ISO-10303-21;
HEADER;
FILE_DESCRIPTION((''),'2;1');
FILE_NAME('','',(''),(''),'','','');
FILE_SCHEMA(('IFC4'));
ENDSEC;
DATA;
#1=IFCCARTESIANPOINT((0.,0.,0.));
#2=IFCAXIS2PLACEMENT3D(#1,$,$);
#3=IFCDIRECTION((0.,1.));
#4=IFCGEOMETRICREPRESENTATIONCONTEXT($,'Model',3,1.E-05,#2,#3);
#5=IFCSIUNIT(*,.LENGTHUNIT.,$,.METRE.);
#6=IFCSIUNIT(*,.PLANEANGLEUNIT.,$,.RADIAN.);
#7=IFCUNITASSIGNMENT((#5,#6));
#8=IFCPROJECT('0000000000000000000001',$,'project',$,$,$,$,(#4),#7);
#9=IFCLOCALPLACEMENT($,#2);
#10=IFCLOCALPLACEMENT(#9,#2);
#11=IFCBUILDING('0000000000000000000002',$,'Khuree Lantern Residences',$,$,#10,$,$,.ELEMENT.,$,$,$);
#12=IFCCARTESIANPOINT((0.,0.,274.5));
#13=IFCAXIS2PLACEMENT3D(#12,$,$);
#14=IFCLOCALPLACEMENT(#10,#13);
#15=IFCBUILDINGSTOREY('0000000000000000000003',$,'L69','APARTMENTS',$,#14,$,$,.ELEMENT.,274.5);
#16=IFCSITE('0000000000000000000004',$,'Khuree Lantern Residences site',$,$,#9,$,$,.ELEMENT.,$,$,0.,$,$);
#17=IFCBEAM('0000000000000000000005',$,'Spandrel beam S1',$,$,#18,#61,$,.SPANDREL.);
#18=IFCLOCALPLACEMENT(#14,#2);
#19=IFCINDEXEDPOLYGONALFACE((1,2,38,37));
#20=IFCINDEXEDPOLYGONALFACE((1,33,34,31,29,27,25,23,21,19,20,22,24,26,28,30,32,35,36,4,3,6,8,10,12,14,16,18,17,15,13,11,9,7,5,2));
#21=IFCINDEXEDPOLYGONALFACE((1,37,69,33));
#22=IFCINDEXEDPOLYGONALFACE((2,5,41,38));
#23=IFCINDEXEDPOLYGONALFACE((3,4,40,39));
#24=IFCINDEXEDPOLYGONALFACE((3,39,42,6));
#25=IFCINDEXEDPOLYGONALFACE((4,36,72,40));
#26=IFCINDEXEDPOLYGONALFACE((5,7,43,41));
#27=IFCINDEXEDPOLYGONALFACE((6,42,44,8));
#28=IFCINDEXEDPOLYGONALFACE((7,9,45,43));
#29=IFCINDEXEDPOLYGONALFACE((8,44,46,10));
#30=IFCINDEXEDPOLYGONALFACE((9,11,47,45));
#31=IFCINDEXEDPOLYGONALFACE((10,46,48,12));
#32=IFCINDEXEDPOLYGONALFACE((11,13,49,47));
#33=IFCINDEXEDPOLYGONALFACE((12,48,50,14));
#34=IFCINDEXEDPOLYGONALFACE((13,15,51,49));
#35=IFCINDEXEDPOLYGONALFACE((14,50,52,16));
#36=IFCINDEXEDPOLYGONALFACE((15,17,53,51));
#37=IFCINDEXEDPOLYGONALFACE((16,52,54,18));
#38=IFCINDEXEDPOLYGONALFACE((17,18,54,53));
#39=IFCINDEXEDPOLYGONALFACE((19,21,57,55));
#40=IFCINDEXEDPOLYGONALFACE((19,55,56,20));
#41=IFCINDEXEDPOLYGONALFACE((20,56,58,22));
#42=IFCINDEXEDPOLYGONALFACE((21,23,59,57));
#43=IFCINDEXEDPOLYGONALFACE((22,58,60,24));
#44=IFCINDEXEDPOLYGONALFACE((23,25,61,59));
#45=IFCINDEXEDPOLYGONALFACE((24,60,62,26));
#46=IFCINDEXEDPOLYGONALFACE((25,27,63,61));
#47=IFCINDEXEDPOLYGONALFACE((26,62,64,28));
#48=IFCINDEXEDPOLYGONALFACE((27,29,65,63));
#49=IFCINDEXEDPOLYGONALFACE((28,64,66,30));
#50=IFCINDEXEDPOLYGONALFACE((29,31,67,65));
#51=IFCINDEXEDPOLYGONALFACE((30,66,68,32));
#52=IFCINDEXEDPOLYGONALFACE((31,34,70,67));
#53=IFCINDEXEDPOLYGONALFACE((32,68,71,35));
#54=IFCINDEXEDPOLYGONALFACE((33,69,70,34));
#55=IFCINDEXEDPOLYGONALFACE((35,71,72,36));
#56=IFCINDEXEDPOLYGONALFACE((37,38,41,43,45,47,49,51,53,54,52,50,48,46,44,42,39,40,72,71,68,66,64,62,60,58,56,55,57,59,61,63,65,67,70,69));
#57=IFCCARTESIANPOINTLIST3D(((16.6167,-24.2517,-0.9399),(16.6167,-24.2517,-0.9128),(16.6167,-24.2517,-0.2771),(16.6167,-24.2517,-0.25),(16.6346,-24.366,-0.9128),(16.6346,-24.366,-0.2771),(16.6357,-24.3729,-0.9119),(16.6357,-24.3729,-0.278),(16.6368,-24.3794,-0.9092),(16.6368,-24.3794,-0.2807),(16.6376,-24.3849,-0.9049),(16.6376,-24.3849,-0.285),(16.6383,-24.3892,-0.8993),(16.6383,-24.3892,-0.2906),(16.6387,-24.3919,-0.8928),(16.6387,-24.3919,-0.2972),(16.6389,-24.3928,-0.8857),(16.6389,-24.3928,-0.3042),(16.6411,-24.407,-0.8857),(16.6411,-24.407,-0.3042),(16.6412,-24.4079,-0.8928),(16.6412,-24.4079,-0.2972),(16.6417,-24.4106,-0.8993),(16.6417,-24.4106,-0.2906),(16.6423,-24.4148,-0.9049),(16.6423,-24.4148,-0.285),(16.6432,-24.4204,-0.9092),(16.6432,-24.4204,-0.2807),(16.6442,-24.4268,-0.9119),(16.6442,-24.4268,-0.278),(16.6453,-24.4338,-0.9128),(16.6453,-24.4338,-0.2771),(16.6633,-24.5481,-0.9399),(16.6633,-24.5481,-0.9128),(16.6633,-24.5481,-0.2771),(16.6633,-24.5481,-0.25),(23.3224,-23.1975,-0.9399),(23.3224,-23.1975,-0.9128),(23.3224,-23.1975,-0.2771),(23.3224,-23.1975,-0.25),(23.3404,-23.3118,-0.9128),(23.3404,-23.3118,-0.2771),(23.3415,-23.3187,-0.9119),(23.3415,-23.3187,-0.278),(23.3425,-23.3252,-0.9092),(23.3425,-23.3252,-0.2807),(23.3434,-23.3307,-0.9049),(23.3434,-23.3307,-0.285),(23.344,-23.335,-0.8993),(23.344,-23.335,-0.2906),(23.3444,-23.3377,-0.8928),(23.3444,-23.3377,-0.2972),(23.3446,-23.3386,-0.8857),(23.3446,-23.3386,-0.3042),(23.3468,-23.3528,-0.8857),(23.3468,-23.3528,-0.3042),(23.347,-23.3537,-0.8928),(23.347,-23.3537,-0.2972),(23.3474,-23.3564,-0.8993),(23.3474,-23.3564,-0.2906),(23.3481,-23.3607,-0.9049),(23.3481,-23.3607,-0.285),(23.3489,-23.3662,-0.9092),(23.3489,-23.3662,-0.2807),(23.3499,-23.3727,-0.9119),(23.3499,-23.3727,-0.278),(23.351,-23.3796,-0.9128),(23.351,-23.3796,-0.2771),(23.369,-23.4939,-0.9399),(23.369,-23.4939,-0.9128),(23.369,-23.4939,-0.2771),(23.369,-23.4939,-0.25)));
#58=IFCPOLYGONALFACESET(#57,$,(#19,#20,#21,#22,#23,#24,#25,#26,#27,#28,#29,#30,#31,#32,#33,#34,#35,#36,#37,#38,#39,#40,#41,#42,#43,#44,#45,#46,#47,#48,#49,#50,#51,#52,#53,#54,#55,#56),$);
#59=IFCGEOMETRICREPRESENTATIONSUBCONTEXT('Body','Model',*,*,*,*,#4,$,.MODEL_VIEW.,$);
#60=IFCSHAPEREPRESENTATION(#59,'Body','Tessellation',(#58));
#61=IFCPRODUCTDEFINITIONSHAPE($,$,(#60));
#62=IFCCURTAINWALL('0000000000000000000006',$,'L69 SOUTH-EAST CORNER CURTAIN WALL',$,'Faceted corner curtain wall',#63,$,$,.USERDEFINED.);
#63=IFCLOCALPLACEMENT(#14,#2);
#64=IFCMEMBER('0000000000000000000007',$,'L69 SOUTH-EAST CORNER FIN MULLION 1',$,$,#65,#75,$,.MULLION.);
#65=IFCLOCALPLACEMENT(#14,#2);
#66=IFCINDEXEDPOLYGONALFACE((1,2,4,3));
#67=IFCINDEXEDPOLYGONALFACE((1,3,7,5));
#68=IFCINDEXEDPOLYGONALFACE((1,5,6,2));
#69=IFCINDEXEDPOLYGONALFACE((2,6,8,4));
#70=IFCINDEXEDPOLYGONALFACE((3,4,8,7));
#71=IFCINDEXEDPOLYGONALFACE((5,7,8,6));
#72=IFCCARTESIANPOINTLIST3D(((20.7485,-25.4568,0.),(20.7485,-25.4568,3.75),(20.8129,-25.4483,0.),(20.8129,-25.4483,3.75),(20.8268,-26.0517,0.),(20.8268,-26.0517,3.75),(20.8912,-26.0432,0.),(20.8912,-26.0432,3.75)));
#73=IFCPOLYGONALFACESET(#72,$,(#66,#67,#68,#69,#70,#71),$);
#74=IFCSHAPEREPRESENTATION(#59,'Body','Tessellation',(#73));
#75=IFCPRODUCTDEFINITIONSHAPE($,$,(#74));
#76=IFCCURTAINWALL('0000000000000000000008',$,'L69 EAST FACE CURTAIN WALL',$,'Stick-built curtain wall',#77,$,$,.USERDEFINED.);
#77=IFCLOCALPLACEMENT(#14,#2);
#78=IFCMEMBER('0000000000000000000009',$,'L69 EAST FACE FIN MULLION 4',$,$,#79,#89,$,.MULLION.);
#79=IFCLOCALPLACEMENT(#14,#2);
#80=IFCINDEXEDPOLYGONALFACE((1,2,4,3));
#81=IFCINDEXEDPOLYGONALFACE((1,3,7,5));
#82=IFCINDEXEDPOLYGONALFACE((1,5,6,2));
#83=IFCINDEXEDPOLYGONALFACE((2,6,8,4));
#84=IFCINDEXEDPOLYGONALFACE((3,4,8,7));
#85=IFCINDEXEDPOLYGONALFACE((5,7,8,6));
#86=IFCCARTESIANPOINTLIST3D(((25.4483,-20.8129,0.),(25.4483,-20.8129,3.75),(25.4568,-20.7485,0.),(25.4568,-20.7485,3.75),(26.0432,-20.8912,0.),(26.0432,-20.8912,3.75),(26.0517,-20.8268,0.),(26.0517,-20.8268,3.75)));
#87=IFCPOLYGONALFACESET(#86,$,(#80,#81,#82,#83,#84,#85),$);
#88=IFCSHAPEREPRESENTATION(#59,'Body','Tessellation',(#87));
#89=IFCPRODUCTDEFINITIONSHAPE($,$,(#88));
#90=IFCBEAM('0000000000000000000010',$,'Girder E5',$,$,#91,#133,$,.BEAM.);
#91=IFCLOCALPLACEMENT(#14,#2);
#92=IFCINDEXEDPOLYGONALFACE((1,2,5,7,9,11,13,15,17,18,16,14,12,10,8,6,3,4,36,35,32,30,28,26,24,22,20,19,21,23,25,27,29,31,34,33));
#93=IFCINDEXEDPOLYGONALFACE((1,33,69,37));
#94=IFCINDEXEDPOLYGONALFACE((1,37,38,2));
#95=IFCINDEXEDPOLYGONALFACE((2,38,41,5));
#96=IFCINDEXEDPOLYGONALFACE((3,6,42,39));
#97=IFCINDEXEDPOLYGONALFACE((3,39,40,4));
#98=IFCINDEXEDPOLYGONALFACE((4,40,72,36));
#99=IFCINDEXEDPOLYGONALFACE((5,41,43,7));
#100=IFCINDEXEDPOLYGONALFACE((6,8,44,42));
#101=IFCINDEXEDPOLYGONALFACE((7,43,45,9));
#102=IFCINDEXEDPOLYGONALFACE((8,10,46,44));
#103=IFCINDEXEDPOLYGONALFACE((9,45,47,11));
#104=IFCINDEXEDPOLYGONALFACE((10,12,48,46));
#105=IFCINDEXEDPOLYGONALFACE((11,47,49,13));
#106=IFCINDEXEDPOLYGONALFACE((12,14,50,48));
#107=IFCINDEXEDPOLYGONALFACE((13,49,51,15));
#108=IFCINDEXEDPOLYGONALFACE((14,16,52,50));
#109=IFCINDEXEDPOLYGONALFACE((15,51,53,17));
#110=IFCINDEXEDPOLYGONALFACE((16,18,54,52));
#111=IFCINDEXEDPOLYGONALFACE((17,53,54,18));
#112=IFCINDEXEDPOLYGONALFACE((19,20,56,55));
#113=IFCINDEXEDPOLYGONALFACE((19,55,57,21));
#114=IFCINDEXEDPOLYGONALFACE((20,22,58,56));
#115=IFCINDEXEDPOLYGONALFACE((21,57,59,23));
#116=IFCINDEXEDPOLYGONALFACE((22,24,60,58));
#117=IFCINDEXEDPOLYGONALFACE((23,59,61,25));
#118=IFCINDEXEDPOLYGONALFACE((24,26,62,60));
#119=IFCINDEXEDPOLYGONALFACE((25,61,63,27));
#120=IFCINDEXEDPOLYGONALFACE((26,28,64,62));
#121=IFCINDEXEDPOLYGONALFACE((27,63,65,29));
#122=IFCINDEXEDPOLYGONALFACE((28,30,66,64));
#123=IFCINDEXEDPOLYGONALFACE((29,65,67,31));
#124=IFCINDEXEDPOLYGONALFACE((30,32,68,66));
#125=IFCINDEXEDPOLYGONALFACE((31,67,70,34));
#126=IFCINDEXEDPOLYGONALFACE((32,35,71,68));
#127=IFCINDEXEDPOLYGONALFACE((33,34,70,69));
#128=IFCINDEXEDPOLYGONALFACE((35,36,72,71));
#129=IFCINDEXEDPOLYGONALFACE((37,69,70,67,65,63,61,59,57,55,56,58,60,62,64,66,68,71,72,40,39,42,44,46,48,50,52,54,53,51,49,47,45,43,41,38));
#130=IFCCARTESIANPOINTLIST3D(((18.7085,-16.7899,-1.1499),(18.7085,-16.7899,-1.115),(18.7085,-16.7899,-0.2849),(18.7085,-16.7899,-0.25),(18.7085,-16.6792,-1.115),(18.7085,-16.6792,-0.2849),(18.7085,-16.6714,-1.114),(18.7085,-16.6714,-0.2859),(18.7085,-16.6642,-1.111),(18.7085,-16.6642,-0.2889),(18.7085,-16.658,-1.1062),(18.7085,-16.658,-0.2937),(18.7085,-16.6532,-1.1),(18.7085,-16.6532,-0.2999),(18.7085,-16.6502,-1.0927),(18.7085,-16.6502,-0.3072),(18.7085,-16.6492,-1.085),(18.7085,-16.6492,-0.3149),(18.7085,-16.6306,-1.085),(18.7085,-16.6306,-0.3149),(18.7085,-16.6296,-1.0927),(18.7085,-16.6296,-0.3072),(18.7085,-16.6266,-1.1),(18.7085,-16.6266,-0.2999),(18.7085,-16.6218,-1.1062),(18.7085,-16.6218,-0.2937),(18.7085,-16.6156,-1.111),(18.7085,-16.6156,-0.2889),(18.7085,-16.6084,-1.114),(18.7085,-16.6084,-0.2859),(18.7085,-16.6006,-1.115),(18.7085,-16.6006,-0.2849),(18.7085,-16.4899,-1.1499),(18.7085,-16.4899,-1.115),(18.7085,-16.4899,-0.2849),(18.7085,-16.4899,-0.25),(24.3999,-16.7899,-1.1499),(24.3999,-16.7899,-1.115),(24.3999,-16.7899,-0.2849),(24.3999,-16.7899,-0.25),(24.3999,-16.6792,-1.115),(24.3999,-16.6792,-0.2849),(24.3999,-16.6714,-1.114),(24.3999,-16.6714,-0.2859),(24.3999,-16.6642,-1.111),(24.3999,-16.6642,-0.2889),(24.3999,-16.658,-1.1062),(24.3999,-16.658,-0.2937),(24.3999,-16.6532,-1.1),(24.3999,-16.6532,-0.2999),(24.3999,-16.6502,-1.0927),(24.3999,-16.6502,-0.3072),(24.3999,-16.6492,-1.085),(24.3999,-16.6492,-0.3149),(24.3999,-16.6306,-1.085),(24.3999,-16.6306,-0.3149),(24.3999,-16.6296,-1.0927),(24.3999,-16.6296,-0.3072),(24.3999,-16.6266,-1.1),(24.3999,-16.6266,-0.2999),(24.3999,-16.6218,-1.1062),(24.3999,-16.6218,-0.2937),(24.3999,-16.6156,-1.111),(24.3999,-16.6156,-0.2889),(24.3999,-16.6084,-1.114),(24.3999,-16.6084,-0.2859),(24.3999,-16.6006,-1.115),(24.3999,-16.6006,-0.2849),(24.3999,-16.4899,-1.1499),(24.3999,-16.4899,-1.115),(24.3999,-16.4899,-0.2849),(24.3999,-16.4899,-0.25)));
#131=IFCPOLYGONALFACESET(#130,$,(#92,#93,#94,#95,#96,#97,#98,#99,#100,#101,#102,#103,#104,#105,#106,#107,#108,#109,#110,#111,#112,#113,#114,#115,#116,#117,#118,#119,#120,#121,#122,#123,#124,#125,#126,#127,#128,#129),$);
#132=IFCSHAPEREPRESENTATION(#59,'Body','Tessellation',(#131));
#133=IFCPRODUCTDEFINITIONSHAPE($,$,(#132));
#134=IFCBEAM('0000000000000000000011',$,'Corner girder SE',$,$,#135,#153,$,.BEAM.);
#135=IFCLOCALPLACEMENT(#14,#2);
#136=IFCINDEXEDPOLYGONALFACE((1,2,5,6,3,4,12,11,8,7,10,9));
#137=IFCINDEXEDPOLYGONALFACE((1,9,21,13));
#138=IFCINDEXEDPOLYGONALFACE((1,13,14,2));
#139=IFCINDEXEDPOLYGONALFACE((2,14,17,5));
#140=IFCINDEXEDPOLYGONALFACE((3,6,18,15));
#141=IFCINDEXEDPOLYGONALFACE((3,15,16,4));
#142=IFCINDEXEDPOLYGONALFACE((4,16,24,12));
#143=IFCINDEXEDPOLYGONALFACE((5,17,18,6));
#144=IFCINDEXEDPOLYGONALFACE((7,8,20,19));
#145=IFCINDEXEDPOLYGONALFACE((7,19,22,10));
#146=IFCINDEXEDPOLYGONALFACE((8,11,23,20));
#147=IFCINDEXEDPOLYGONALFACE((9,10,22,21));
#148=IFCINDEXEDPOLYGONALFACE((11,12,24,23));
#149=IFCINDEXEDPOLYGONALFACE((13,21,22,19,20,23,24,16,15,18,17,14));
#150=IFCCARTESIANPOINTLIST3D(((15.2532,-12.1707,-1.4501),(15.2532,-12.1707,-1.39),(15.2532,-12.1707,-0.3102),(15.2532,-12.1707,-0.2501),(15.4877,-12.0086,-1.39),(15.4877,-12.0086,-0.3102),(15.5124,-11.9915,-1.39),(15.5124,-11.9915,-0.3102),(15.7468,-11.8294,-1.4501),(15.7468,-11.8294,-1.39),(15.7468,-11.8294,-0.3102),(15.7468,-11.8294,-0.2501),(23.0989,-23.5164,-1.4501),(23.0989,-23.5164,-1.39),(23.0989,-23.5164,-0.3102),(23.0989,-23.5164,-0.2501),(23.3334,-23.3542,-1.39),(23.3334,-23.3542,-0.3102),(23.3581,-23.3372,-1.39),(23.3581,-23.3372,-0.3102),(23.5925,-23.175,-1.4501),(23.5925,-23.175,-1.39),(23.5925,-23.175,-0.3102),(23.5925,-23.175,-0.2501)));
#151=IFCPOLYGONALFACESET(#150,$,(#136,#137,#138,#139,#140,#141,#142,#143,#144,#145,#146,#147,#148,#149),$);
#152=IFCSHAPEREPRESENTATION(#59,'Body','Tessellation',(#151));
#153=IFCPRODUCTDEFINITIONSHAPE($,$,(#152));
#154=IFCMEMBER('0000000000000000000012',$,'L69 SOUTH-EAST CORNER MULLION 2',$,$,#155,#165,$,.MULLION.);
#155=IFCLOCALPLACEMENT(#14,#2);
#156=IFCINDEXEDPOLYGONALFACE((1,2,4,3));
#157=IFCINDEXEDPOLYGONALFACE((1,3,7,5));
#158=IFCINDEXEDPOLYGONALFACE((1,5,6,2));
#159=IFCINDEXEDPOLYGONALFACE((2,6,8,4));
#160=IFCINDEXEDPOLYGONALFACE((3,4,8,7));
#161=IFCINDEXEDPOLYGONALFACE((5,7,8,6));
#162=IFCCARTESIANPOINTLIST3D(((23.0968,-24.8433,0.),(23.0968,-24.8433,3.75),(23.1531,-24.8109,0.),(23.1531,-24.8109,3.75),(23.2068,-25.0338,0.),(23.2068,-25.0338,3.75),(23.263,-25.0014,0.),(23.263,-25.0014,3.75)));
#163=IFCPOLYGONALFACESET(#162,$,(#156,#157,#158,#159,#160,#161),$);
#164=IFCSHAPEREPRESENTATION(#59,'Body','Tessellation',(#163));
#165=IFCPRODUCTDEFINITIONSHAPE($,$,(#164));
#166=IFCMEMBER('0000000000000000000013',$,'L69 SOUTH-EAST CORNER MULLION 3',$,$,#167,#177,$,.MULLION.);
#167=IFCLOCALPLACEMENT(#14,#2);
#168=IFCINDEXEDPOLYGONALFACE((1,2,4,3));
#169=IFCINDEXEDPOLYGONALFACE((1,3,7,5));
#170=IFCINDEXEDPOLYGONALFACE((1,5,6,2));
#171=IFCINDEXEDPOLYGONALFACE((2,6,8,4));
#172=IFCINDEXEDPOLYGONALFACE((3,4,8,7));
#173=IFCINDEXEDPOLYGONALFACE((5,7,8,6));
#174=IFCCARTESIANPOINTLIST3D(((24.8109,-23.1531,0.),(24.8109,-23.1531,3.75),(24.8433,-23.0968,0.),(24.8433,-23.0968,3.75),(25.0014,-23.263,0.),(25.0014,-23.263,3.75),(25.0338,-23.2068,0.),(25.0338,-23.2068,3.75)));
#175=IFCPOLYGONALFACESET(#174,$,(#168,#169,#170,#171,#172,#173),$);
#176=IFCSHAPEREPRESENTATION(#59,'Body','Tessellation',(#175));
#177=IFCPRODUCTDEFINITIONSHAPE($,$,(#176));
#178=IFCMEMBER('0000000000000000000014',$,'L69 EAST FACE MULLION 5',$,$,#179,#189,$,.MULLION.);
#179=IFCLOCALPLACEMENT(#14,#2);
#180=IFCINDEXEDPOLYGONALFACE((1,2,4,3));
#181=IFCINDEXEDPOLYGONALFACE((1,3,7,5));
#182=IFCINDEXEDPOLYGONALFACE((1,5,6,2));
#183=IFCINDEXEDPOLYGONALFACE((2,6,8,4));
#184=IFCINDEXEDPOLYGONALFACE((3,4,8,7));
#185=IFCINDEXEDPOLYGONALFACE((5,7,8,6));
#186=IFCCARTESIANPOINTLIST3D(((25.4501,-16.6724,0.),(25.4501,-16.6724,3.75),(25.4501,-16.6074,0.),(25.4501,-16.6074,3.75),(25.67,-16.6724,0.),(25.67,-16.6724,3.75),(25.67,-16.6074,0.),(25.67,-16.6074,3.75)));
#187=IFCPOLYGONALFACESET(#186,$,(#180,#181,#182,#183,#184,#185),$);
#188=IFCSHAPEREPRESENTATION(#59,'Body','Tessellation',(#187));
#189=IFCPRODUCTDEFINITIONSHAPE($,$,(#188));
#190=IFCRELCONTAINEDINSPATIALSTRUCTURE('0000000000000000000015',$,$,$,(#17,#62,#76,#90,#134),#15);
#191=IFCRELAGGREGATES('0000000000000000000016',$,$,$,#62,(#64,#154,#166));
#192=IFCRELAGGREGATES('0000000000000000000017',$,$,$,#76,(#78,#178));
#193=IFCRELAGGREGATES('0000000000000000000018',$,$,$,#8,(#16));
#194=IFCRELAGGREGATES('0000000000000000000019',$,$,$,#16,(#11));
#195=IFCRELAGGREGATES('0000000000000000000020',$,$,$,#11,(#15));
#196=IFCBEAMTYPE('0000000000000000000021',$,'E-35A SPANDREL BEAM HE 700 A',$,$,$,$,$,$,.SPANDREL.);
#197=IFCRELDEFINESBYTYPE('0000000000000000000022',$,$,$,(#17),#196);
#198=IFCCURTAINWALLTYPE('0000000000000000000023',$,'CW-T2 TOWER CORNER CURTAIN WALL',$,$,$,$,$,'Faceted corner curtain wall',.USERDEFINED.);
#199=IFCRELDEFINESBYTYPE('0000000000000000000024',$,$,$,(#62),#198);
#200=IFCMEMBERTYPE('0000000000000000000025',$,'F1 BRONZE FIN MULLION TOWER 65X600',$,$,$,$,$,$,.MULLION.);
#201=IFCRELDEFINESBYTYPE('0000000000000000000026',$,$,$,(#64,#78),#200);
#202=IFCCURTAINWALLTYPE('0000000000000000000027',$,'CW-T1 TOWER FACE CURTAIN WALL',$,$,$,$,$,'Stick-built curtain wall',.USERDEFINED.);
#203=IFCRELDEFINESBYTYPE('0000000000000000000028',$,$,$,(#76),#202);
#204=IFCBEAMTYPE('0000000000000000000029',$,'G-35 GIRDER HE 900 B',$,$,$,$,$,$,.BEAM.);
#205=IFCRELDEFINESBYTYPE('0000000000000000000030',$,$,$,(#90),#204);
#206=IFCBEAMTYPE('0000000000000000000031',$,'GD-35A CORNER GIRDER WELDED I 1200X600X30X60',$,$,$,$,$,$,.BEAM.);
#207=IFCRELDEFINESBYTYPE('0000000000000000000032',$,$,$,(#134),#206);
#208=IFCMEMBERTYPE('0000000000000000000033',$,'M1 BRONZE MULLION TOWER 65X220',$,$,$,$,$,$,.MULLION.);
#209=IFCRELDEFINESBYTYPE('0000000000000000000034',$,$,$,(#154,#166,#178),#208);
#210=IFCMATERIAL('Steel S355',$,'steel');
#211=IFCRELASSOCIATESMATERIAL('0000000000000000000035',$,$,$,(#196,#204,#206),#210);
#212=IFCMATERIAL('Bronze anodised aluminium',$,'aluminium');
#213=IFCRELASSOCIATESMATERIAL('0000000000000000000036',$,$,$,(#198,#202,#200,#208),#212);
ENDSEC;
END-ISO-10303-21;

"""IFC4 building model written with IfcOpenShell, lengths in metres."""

from ifc_helpers import new_model, si_unit, direction, frame, origin, origin_2d, place, context, subcontext, project, spatial, rectangle, i_section, extrude, material, material_profile, profile_set, type_object, element, aggregate, save


model = new_model("IFC4")

# Units and contexts
model_context = context("Model", 3, precision=1e-05, world=origin(), true_north=direction((0.0, 1.0)))
body_context = subcontext(model_context, "Body", "Model", "MODEL_VIEW")
ifc_project = project(units=[si_unit("LENGTHUNIT", "METRE"), si_unit("PLANEANGLEUNIT", "RADIAN")], contexts=[model_context])

# Site, building, storey
site_placement = place(None, origin())
site = spatial("IfcSite", under=ifc_project, at=site_placement, Name="Khuree Lantern Residences site", CompositionType="ELEMENT", RefElevation=0.0)
building_placement = place(site_placement, origin())
building = spatial("IfcBuilding", under=site, at=building_placement, Name="Khuree Lantern Residences", CompositionType="ELEMENT")
storey_placement = place(building_placement, frame((0.0, 0.0, 274.5)))
storey = spatial("IfcBuildingStorey", under=building, at=storey_placement, Name="L69", Description="APARTMENTS", CompositionType="ELEMENT", Elevation=274.5)

# Beam
ifc_material_1 = material(Name="Steel S355", Category="steel")
ifc_material_profile_1 = material_profile(ifc_material_1, i_section(OverallWidth=0.3, OverallDepth=0.6899, WebThickness=0.0144, FlangeThickness=0.0271, FilletRadius=0.0271, at=origin_2d()), Name="HE 700 A")
ifc_profile_set_1 = profile_set([ifc_material_profile_1], Name="Steel S355")
beam_type_1 = type_object("IfcBeamType", Name="E-35A SPANDREL BEAM HE 700 A", PredefinedType="SPANDREL", material=ifc_profile_set_1)
for number, where, z_axis, x_axis, name in (
    (1, (23.3457, -23.3457, -0.595), (-0.987867, -0.1553, 0.0), (0.1553, -0.987867, 0.0), "Spandrel beam S1"),
):
    element("IfcBeam", number, at=place(storey_placement, frame(where, z_axis=z_axis, x_axis=x_axis)), inside=storey, type_object=beam_type_1, Name=name, PredefinedType="SPANDREL", context=body_context, shape_type="SweptSolid", body=[
        extrude(i_section(OverallWidth=0.3, OverallDepth=0.6899, WebThickness=0.0144, FlangeThickness=0.0271, FilletRadius=0.0271, at=origin_2d()), origin(), (0.0, 0.0, 1.0), 6.7881),
    ])

# Curtain walls, members
ifc_material_2 = material(Name="Bronze anodised aluminium", Category="aluminium")
curtain_wall_type_1 = type_object("IfcCurtainWallType", Name="CW-T2 TOWER CORNER CURTAIN WALL", ElementType="Faceted corner curtain wall", PredefinedType="USERDEFINED", material=ifc_material_2)
curtain_wall_1_placement = place(storey_placement, origin())
curtain_wall_1 = element("IfcCurtainWall", 2, at=curtain_wall_1_placement, inside=storey, type_object=curtain_wall_type_1, Name="L69 SOUTH-EAST CORNER CURTAIN WALL", ObjectType="Faceted corner curtain wall", PredefinedType="USERDEFINED")
ifc_material_profile_2 = material_profile(ifc_material_2, rectangle(XDim=0.0649, YDim=0.6001, at=origin_2d()), Name="F1 65X600")
ifc_profile_set_2 = profile_set([ifc_material_profile_2], Name="Bronze anodised aluminium")
member_type_1 = type_object("IfcMemberType", Name="F1 BRONZE FIN MULLION TOWER 65X600", PredefinedType="MULLION", material=ifc_profile_set_2)
member_1_placement = place(storey_placement, frame((20.8198, -25.75, 0.0), z_axis=(0.0, 0.0, 1.0), x_axis=(0.991445, 0.130526, 0.0)))
member_1 = element("IfcMember", 3, at=member_1_placement, type_object=member_type_1, Name="L69 SOUTH-EAST CORNER FIN MULLION 1", PredefinedType="MULLION", context=body_context, shape_type="SweptSolid", body=[
    extrude(rectangle(XDim=0.0649, YDim=0.6001, at=origin_2d()), origin(), (0.0, 0.0, 1.0), 3.75),
])
curtain_wall_type_2 = type_object("IfcCurtainWallType", Name="CW-T1 TOWER FACE CURTAIN WALL", ElementType="Stick-built curtain wall", PredefinedType="USERDEFINED", material=ifc_material_2)
curtain_wall_2_placement = place(storey_placement, origin())
curtain_wall_2 = element("IfcCurtainWall", 4, at=curtain_wall_2_placement, inside=storey, type_object=curtain_wall_type_2, Name="L69 EAST FACE CURTAIN WALL", ObjectType="Stick-built curtain wall", PredefinedType="USERDEFINED")
member_2_placement = place(storey_placement, frame((25.75, -20.8198, 0.0), z_axis=(0.0, 0.0, 1.0), x_axis=(0.130526, 0.991445, 0.0)))
member_2 = element("IfcMember", 5, at=member_2_placement, type_object=member_type_1, Name="L69 EAST FACE FIN MULLION 4", PredefinedType="MULLION", context=body_context, shape_type="SweptSolid", body=[
    extrude(rectangle(XDim=0.0649, YDim=0.6001, at=origin_2d()), origin(), (0.0, 0.0, 1.0), 3.75),
])

# Beams
ifc_material_profile_3 = material_profile(ifc_material_1, i_section(OverallWidth=0.3, OverallDepth=0.8999, WebThickness=0.0186, FlangeThickness=0.0349, FilletRadius=0.03, at=origin_2d()), Name="HE 900 B")
ifc_profile_set_3 = profile_set([ifc_material_profile_3], Name="Steel S355")
beam_type_2 = type_object("IfcBeamType", Name="G-35 GIRDER HE 900 B", PredefinedType="BEAM", material=ifc_profile_set_3)
beam_1_placement = place(storey_placement, frame((24.3999, -16.6399, -0.7), z_axis=(-1.0, 0.0, 0.0), x_axis=(0.0, -1.0, 0.0)))
element("IfcBeam", 6, at=beam_1_placement, inside=storey, type_object=beam_type_2, Name="Girder E5", PredefinedType="BEAM", context=body_context, shape_type="SweptSolid", body=[
    extrude(i_section(OverallWidth=0.3, OverallDepth=0.8999, WebThickness=0.0186, FlangeThickness=0.0349, FilletRadius=0.03, at=origin_2d()), origin(), (0.0, 0.0, 1.0), 5.6914),
])
ifc_material_profile_4 = material_profile(ifc_material_1, i_section(OverallWidth=0.6001, OverallDepth=1.2, WebThickness=0.03, FlangeThickness=0.0601, at=origin_2d()), Name="WELDED I 1200X600X30X60")
ifc_profile_set_4 = profile_set([ifc_material_profile_4], Name="Steel S355")
beam_type_3 = type_object("IfcBeamType", Name="GD-35A CORNER GIRDER WELDED I 1200X600X30X60", PredefinedType="BEAM", material=ifc_profile_set_4)
beam_2_placement = place(storey_placement, frame((23.3457, -23.3457, -0.8501), z_axis=(-0.568768, 0.822498, 0.0), x_axis=(-0.822498, -0.568768, 0.0)))
element("IfcBeam", 7, at=beam_2_placement, inside=storey, type_object=beam_type_3, Name="Corner girder SE", PredefinedType="BEAM", context=body_context, shape_type="SweptSolid", body=[
    extrude(i_section(OverallWidth=0.6001, OverallDepth=1.2, WebThickness=0.03, FlangeThickness=0.0601, at=origin_2d()), origin(), (0.0, 0.0, 1.0), 13.7942),
])

# Members
ifc_material_profile_5 = material_profile(ifc_material_2, rectangle(XDim=0.0649, YDim=0.22, at=origin_2d()), Name="M1 65X220")
ifc_profile_set_5 = profile_set([ifc_material_profile_5], Name="Bronze anodised aluminium")
member_type_2 = type_object("IfcMemberType", Name="M1 BRONZE MULLION TOWER 65X220", PredefinedType="MULLION", material=ifc_profile_set_5)
member_3_placement = place(storey_placement, frame((23.1799, -24.9224, 0.0), z_axis=(0.0, 0.0, 1.0), x_axis=(0.866025, 0.5, 0.0)))
member_3 = element("IfcMember", 8, at=member_3_placement, type_object=member_type_2, Name="L69 SOUTH-EAST CORNER MULLION 2", PredefinedType="MULLION", context=body_context, shape_type="SweptSolid", body=[
    extrude(rectangle(XDim=0.0649, YDim=0.22, at=origin_2d()), origin(), (0.0, 0.0, 1.0), 3.75),
])
member_4_placement = place(storey_placement, frame((24.9224, -23.1799, 0.0), z_axis=(0.0, 0.0, 1.0), x_axis=(0.5, 0.866025, 0.0)))
member_4 = element("IfcMember", 9, at=member_4_placement, type_object=member_type_2, Name="L69 SOUTH-EAST CORNER MULLION 3", PredefinedType="MULLION", context=body_context, shape_type="SweptSolid", body=[
    extrude(rectangle(XDim=0.0649, YDim=0.22, at=origin_2d()), origin(), (0.0, 0.0, 1.0), 3.75),
])
member_5_placement = place(storey_placement, frame((25.5601, -16.6399, 0.0), z_axis=(0.0, 0.0, 1.0), x_axis=(0.0, 1.0, 0.0)))
member_5 = element("IfcMember", 10, at=member_5_placement, type_object=member_type_2, Name="L69 EAST FACE MULLION 5", PredefinedType="MULLION", context=body_context, shape_type="SweptSolid", body=[
    extrude(rectangle(XDim=0.0649, YDim=0.22, at=origin_2d()), origin(), (0.0, 0.0, 1.0), 3.75),
])

aggregate(curtain_wall_1, [member_1, member_3, member_4])

aggregate(curtain_wall_2, [member_2, member_5])

save(model, "model.ifc")
